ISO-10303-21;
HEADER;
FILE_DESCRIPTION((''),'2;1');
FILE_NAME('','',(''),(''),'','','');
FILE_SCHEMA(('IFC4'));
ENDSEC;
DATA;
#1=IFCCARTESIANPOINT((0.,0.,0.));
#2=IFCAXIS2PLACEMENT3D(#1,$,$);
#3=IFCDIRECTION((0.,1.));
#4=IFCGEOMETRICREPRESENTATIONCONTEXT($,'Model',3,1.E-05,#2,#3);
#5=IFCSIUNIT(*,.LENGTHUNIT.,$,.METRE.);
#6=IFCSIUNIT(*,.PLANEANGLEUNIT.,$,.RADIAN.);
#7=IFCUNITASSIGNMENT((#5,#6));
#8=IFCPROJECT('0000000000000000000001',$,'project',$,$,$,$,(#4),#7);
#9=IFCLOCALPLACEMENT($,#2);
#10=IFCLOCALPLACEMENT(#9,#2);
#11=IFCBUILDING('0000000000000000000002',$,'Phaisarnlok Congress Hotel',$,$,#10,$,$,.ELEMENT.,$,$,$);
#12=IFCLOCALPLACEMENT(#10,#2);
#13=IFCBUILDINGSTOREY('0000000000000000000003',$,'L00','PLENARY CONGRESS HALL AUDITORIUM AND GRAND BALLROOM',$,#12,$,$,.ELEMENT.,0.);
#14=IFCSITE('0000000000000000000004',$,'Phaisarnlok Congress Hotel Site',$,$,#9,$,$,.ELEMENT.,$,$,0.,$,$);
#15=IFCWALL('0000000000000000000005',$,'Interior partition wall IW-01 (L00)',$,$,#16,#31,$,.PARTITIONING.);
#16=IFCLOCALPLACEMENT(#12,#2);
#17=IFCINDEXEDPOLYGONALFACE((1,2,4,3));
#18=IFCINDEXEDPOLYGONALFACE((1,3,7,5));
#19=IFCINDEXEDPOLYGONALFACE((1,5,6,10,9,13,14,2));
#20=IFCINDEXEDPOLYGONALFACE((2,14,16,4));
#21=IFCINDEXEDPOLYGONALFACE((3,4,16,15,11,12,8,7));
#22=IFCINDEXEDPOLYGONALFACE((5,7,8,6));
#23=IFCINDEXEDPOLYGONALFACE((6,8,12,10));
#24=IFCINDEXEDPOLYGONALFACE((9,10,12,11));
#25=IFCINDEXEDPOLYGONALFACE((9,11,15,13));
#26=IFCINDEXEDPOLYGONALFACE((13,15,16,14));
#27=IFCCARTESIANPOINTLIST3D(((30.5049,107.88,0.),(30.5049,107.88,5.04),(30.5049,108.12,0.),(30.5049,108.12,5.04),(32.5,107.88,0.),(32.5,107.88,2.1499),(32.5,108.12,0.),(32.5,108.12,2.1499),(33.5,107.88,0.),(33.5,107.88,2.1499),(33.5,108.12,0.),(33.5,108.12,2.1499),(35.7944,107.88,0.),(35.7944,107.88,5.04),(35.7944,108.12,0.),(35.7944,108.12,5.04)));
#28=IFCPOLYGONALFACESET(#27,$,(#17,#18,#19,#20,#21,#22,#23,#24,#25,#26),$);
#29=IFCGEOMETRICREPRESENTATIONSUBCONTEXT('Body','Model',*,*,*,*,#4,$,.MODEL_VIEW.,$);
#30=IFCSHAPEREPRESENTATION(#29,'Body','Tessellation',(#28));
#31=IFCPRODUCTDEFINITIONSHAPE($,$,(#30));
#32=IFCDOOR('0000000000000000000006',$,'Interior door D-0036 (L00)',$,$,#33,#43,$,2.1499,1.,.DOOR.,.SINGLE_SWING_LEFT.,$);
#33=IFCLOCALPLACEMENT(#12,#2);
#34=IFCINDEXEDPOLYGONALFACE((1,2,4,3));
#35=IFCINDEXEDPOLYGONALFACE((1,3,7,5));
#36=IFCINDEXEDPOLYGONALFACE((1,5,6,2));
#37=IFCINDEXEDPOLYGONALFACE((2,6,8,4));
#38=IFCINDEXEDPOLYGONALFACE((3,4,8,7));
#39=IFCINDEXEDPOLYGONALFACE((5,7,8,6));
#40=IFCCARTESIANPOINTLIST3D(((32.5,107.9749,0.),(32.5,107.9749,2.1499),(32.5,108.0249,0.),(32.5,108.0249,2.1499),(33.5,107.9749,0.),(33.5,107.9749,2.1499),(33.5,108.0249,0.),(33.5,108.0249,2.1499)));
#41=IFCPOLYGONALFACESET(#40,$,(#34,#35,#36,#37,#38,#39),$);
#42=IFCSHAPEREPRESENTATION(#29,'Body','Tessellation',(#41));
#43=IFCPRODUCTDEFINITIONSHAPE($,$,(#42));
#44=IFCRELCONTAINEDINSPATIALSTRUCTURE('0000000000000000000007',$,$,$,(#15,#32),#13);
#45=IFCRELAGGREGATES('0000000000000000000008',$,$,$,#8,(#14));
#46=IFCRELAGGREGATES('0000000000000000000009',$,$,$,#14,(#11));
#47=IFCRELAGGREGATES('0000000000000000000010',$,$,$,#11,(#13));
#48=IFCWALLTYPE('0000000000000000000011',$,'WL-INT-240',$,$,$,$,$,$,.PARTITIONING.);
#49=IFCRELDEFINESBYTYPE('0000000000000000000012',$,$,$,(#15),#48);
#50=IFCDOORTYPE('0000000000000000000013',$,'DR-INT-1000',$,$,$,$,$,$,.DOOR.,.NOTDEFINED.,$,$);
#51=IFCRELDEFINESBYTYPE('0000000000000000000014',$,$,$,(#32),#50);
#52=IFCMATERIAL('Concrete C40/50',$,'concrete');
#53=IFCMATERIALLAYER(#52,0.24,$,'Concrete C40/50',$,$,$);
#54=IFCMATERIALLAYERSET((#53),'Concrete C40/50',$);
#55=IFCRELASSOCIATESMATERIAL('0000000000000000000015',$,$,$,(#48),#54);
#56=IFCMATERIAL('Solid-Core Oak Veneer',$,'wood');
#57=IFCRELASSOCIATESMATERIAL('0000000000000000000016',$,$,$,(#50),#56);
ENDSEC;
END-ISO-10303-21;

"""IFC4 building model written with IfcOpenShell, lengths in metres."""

from ifc_helpers import new_model, si_unit, direction, frame, frame_2d, origin, place, context, subcontext, project, spatial, rectangle, extrude, material, layer, layer_set, type_object, element, fill, save


model = new_model("IFC4")

# Units and contexts
model_context = context("Model", 3, precision=1e-05, world=origin(), true_north=direction((0.0, 1.0)))
body_context = subcontext(model_context, "Body", "Model", "MODEL_VIEW")
ifc_project = project(units=[si_unit("LENGTHUNIT", "METRE"), si_unit("PLANEANGLEUNIT", "RADIAN")], contexts=[model_context])

# Site, building, storey
site_placement = place(None, origin())
site = spatial("IfcSite", under=ifc_project, at=site_placement, Name="Phaisarnlok Congress Hotel Site", CompositionType="ELEMENT", RefElevation=0.0)
building_placement = place(site_placement, origin())
building = spatial("IfcBuilding", under=site, at=building_placement, Name="Phaisarnlok Congress Hotel", CompositionType="ELEMENT")
storey_placement = place(building_placement, origin())
storey = spatial("IfcBuildingStorey", under=building, at=storey_placement, Name="L00", Description="PLENARY CONGRESS HALL AUDITORIUM AND GRAND BALLROOM", CompositionType="ELEMENT", Elevation=0.0)

# Shared definitions
ifc_material_1 = material(Name="Concrete C40/50", Category="concrete")

# Wall, opening, door
ifc_layer_1 = layer(ifc_material_1, 0.24, Name="Concrete C40/50")
ifc_layer_set_1 = layer_set([ifc_layer_1], Name="Concrete C40/50")
wall_type_1 = type_object("IfcWallType", Name="WL-INT-240", PredefinedType="PARTITIONING", material=ifc_layer_set_1)
wall_1_placement = place(storey_placement, frame((30.5049, 108.0, 0.0), z_axis=(0.0, 0.0, 1.0), x_axis=(1.0, 0.0, 0.0)))
wall_1 = element("IfcWall", 1, at=wall_1_placement, inside=storey, type_object=wall_type_1, Name="Interior partition wall IW-01 (L00)", PredefinedType="PARTITIONING", context=body_context, shape_type="SweptSolid", body=[
    extrude(rectangle(XDim=5.2896, YDim=0.24, at=frame_2d((2.6448, 0.0))), origin(), (0.0, 0.0, 1.0), 5.04),
])
opening_1_placement = place(wall_1_placement, frame((1.9951, 0.0, 0.0)))
opening_1 = element("IfcOpeningElement", 2, at=opening_1_placement, cuts=wall_1, PredefinedType="OPENING", context=body_context, shape_type="SweptSolid", body=[
    extrude(rectangle(XDim=1.0, YDim=2.1499, at=frame_2d((0.5, 1.075))), frame((0.0, 0.1299, 0.0), z_axis=(0.0, -1.0, 0.0), x_axis=(1.0, 0.0, 0.0)), (0.0, 0.0, 1.0), 0.26),
])
ifc_material_2 = material(Name="Solid-Core Oak Veneer", Category="wood")
door_type = type_object("IfcDoorType", Name="DR-INT-1000", OperationType="NOTDEFINED", PredefinedType="DOOR", material=ifc_material_2)
door_placement = place(opening_1_placement, origin())
door = element("IfcDoor", 3, at=door_placement, inside=storey, type_object=door_type, Name="Interior door D-0036 (L00)", OperationType="SINGLE_SWING_LEFT", OverallHeight=2.1499, OverallWidth=1.0, PredefinedType="DOOR", context=body_context, shape_type="SweptSolid", body=[
    extrude(rectangle(XDim=1.0, YDim=2.1499, at=frame_2d((0.5, 1.075))), frame((0.0, 0.0249, 0.0), z_axis=(0.0, -1.0, 0.0), x_axis=(1.0, 0.0, 0.0)), (0.0, 0.0, 1.0), 0.05),
])
fill(opening_1, door)

save(model, "model.ifc")
